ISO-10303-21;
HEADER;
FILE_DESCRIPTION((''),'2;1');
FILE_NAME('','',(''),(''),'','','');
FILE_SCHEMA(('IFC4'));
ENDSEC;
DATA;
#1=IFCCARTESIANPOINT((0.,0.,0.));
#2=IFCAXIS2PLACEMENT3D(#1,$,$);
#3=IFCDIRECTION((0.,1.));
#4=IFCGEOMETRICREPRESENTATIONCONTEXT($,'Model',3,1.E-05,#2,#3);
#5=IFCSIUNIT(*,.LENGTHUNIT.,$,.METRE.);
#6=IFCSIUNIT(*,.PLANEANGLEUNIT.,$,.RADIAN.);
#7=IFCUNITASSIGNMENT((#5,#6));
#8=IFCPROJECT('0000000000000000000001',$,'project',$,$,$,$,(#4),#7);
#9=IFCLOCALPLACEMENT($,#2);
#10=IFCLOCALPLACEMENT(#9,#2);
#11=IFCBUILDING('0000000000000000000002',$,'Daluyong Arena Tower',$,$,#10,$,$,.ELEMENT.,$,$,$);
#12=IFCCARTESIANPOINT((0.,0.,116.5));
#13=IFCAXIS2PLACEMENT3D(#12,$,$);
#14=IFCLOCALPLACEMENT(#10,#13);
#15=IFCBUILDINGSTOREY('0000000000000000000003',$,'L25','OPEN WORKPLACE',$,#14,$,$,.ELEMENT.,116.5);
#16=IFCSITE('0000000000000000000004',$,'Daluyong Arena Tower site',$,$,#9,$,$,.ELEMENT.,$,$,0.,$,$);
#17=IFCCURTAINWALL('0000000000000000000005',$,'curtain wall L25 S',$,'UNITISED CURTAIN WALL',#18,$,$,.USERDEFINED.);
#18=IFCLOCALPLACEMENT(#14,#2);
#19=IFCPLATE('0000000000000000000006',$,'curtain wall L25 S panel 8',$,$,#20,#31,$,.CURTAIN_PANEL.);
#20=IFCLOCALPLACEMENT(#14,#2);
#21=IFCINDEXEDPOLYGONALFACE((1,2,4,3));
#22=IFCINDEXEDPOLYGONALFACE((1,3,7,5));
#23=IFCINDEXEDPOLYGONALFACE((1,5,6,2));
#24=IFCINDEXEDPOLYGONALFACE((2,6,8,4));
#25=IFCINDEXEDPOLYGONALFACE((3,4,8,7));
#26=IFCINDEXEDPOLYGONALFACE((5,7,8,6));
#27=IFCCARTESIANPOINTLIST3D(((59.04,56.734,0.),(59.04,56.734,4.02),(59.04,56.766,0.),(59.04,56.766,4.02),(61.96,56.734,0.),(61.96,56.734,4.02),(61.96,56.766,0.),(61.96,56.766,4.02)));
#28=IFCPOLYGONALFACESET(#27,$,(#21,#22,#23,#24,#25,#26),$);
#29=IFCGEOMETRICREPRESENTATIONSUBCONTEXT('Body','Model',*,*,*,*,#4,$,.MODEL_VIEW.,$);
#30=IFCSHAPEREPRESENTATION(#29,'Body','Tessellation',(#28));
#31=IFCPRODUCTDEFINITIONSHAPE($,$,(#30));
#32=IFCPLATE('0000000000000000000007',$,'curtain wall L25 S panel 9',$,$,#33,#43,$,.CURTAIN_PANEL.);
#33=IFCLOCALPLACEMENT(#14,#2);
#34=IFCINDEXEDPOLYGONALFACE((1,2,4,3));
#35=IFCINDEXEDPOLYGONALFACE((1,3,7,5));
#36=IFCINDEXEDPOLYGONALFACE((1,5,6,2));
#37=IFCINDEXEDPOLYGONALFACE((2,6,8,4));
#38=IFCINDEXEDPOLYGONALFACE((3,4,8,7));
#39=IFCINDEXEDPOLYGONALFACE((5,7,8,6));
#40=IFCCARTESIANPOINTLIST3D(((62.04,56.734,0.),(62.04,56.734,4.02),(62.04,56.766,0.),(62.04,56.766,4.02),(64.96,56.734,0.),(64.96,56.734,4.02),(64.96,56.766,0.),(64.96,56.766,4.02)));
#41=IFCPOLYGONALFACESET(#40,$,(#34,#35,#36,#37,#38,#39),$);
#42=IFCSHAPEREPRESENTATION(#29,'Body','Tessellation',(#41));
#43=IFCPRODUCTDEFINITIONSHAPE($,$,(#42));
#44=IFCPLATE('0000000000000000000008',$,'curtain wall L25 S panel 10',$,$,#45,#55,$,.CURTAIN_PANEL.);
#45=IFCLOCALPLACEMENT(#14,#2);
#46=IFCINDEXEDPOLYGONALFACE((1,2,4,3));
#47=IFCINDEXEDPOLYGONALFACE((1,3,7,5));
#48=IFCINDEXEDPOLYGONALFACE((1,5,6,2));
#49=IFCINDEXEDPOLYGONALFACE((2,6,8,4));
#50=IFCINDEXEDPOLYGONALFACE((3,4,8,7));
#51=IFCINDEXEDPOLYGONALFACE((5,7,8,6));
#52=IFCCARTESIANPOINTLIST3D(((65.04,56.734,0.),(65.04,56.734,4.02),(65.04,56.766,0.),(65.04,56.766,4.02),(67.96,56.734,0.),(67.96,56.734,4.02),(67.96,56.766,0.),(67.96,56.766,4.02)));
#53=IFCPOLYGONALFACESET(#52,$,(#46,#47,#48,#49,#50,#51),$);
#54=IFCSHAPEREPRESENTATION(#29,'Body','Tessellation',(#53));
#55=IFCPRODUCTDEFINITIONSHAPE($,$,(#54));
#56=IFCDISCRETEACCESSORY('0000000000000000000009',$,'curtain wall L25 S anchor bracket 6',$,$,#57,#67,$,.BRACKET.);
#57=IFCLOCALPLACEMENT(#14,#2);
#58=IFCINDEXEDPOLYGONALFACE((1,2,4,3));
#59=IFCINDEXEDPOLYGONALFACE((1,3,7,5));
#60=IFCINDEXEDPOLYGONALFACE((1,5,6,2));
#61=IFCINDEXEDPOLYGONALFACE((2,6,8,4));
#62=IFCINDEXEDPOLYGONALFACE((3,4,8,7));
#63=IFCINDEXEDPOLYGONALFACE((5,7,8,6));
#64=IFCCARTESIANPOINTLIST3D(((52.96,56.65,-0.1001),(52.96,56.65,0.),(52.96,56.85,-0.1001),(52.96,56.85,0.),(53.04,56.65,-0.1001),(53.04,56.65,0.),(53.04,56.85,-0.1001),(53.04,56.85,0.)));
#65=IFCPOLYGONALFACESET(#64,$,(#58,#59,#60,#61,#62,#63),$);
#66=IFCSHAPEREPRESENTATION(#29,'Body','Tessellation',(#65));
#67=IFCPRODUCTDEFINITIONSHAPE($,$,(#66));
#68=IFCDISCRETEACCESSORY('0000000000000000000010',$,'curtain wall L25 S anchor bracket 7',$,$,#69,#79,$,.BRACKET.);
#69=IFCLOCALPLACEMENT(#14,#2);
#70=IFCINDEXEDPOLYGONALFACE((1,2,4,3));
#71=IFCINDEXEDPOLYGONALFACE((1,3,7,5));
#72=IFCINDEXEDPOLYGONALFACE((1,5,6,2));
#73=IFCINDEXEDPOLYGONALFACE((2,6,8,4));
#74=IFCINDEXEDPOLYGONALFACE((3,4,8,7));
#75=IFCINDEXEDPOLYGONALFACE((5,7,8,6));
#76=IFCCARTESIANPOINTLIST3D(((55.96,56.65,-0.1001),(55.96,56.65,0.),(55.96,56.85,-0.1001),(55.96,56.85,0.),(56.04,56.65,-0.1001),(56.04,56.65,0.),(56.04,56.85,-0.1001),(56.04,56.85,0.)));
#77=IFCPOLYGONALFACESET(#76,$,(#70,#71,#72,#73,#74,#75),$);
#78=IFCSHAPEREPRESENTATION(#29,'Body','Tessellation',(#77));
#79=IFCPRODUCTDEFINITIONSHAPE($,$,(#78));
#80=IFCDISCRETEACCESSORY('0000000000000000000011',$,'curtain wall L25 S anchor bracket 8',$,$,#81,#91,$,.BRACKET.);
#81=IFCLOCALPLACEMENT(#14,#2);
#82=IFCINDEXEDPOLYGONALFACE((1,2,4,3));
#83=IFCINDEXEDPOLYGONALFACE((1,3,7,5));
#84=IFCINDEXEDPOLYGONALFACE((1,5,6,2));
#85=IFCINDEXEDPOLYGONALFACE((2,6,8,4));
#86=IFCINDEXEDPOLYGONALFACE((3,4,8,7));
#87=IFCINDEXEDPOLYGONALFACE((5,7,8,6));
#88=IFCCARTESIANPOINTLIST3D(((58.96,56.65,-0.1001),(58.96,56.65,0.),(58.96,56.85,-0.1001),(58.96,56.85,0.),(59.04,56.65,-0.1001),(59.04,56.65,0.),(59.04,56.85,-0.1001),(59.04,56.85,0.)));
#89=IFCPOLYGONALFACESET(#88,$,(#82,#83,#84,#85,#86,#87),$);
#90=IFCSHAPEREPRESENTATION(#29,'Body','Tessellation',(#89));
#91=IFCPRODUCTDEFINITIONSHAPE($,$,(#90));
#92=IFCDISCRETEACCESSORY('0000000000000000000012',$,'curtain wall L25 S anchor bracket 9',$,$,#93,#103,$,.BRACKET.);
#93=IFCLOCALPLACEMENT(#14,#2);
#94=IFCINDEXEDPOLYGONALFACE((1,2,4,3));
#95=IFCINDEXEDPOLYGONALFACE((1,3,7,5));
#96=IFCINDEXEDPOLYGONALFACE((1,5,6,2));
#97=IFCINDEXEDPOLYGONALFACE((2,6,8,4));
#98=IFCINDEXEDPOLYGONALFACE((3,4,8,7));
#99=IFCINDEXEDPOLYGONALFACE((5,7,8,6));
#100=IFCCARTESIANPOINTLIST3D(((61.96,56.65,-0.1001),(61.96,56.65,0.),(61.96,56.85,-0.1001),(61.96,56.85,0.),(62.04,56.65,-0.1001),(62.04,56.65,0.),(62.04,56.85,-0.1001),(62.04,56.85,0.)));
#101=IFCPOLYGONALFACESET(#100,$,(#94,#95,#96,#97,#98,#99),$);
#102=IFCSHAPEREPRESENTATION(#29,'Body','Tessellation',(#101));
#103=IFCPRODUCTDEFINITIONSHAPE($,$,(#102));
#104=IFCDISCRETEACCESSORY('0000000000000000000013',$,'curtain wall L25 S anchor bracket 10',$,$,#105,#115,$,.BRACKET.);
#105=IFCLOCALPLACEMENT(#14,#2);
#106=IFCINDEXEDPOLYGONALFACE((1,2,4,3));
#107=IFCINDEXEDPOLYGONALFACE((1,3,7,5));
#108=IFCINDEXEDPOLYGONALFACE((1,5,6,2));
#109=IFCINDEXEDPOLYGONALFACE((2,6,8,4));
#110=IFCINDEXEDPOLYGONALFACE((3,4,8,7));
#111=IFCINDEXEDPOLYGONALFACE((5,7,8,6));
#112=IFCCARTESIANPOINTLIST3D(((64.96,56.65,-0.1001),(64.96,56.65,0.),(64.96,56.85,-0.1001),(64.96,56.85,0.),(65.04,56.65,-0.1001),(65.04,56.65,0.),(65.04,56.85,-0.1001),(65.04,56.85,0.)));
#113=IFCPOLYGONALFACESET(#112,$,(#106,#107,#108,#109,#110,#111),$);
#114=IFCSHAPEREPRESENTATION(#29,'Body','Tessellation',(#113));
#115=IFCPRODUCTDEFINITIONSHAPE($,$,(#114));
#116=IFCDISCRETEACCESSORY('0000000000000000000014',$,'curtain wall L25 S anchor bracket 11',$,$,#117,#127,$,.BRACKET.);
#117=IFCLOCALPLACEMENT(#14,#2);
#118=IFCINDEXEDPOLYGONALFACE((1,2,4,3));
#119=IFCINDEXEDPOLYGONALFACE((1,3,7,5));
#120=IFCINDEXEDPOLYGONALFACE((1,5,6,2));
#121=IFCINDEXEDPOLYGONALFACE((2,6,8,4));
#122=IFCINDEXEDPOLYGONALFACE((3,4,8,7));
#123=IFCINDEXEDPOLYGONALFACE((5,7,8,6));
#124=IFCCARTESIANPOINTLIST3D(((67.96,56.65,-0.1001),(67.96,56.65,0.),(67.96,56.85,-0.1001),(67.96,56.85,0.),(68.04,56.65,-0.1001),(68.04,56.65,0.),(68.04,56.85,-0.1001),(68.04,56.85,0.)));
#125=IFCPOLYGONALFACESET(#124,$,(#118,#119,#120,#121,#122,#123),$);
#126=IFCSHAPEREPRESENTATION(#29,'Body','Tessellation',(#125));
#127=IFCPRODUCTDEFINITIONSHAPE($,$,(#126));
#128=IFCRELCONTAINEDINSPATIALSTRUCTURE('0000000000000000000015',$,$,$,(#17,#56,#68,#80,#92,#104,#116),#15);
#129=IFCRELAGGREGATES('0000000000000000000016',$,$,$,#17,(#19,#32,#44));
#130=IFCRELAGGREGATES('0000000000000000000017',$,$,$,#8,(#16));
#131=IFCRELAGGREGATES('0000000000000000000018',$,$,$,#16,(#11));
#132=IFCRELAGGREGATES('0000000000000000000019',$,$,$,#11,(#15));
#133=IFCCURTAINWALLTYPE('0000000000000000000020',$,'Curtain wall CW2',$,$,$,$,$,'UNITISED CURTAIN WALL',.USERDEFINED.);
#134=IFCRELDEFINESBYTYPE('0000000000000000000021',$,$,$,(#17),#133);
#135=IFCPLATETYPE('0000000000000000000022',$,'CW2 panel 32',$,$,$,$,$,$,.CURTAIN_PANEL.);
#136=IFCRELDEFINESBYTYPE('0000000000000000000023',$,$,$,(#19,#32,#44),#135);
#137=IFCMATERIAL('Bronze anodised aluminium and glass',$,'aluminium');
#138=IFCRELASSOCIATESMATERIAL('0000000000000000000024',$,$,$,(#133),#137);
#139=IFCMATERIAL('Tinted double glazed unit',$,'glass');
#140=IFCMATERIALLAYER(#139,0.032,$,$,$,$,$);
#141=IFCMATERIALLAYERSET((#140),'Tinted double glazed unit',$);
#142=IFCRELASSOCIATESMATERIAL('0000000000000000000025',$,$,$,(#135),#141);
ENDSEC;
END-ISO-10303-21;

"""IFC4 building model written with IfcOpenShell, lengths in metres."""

from ifc_helpers import new_model, si_unit, direction, frame, origin, origin_2d, place, context, subcontext, project, spatial, rectangle, extrude, material, layer, layer_set, type_object, element, aggregate, save


model = new_model("IFC4")

# Units and contexts
model_context = context("Model", 3, precision=1e-05, world=origin(), true_north=direction((0.0, 1.0)))
body_context = subcontext(model_context, "Body", "Model", "MODEL_VIEW")
ifc_project = project(units=[si_unit("LENGTHUNIT", "METRE"), si_unit("PLANEANGLEUNIT", "RADIAN")], contexts=[model_context])

# Site, building, storey
site_placement = place(None, origin())
site = spatial("IfcSite", under=ifc_project, at=site_placement, Name="Daluyong Arena Tower site", CompositionType="ELEMENT", RefElevation=0.0)
building_placement = place(site_placement, origin())
building = spatial("IfcBuilding", under=site, at=building_placement, Name="Daluyong Arena Tower", CompositionType="ELEMENT")
storey_placement = place(building_placement, frame((0.0, 0.0, 116.5)))
storey = spatial("IfcBuildingStorey", under=building, at=storey_placement, Name="L25", Description="OPEN WORKPLACE", CompositionType="ELEMENT", Elevation=116.5)

# Curtain wall
ifc_material_1 = material(Name="Bronze anodised aluminium and glass", Category="aluminium")
curtain_wall_type = type_object("IfcCurtainWallType", Name="Curtain wall CW2", ElementType="UNITISED CURTAIN WALL", PredefinedType="USERDEFINED", material=ifc_material_1)
curtain_wall_placement = place(storey_placement, origin())
curtain_wall = element("IfcCurtainWall", 1, at=curtain_wall_placement, inside=storey, type_object=curtain_wall_type, Name="curtain wall L25 S", ObjectType="UNITISED CURTAIN WALL", PredefinedType="USERDEFINED")

# Plates
ifc_material_2 = material(Name="Tinted double glazed unit", Category="glass")
ifc_layer = layer(ifc_material_2, 0.032)
ifc_layer_set = layer_set([ifc_layer], Name="Tinted double glazed unit")
plate_type = type_object("IfcPlateType", Name="CW2 panel 32", PredefinedType="CURTAIN_PANEL", material=ifc_layer_set)
plate_1_placement = place(storey_placement, frame((60.5, 56.75, 0.0), z_axis=(0.0, 0.0, 1.0), x_axis=(1.0, 0.0, 0.0)))
plate_1 = element("IfcPlate", 2, at=plate_1_placement, type_object=plate_type, Name="curtain wall L25 S panel 8", PredefinedType="CURTAIN_PANEL", context=body_context, shape_type="SweptSolid", body=[
    extrude(rectangle(XDim=2.9199, YDim=0.032, at=origin_2d()), origin(), (0.0, 0.0, 1.0), 4.02),
])
plate_2_placement = place(storey_placement, frame((63.5, 56.75, 0.0), z_axis=(0.0, 0.0, 1.0), x_axis=(1.0, 0.0, 0.0)))
plate_2 = element("IfcPlate", 3, at=plate_2_placement, type_object=plate_type, Name="curtain wall L25 S panel 9", PredefinedType="CURTAIN_PANEL", context=body_context, shape_type="SweptSolid", body=[
    extrude(rectangle(XDim=2.9199, YDim=0.032, at=origin_2d()), origin(), (0.0, 0.0, 1.0), 4.02),
])
plate_3_placement = place(storey_placement, frame((66.5, 56.75, 0.0), z_axis=(0.0, 0.0, 1.0), x_axis=(1.0, 0.0, 0.0)))
plate_3 = element("IfcPlate", 4, at=plate_3_placement, type_object=plate_type, Name="curtain wall L25 S panel 10", PredefinedType="CURTAIN_PANEL", context=body_context, shape_type="SweptSolid", body=[
    extrude(rectangle(XDim=2.9199, YDim=0.032, at=origin_2d()), origin(), (0.0, 0.0, 1.0), 4.02),
])
aggregate(curtain_wall, [plate_1, plate_2, plate_3])

# Discrete accessories
for number, where, z_axis, x_axis, name in (
    (5, (53.0, 56.75, -0.1001), (0.0, 0.0, 1.0), (1.0, 0.0, 0.0), "curtain wall L25 S anchor bracket 6"),
    (6, (56.0, 56.75, -0.1001), (0.0, 0.0, 1.0), (1.0, 0.0, 0.0), "curtain wall L25 S anchor bracket 7"),
    (7, (59.0, 56.75, -0.1001), (0.0, 0.0, 1.0), (1.0, 0.0, 0.0), "curtain wall L25 S anchor bracket 8"),
    (8, (62.0, 56.75, -0.1001), (0.0, 0.0, 1.0), (1.0, 0.0, 0.0), "curtain wall L25 S anchor bracket 9"),
    (9, (65.0, 56.75, -0.1001), (0.0, 0.0, 1.0), (1.0, 0.0, 0.0), "curtain wall L25 S anchor bracket 10"),
    (10, (68.0, 56.75, -0.1001), (0.0, 0.0, 1.0), (1.0, 0.0, 0.0), "curtain wall L25 S anchor bracket 11"),
):
    element("IfcDiscreteAccessory", number, at=place(storey_placement, frame(where, z_axis=z_axis, x_axis=x_axis)), inside=storey, Name=name, PredefinedType="BRACKET", context=body_context, shape_type="SweptSolid", body=[
        extrude(rectangle(XDim=0.0801, YDim=0.2, at=origin_2d()), origin(), (0.0, 0.0, 1.0), 0.1001),
    ])

save(model, "model.ifc")
